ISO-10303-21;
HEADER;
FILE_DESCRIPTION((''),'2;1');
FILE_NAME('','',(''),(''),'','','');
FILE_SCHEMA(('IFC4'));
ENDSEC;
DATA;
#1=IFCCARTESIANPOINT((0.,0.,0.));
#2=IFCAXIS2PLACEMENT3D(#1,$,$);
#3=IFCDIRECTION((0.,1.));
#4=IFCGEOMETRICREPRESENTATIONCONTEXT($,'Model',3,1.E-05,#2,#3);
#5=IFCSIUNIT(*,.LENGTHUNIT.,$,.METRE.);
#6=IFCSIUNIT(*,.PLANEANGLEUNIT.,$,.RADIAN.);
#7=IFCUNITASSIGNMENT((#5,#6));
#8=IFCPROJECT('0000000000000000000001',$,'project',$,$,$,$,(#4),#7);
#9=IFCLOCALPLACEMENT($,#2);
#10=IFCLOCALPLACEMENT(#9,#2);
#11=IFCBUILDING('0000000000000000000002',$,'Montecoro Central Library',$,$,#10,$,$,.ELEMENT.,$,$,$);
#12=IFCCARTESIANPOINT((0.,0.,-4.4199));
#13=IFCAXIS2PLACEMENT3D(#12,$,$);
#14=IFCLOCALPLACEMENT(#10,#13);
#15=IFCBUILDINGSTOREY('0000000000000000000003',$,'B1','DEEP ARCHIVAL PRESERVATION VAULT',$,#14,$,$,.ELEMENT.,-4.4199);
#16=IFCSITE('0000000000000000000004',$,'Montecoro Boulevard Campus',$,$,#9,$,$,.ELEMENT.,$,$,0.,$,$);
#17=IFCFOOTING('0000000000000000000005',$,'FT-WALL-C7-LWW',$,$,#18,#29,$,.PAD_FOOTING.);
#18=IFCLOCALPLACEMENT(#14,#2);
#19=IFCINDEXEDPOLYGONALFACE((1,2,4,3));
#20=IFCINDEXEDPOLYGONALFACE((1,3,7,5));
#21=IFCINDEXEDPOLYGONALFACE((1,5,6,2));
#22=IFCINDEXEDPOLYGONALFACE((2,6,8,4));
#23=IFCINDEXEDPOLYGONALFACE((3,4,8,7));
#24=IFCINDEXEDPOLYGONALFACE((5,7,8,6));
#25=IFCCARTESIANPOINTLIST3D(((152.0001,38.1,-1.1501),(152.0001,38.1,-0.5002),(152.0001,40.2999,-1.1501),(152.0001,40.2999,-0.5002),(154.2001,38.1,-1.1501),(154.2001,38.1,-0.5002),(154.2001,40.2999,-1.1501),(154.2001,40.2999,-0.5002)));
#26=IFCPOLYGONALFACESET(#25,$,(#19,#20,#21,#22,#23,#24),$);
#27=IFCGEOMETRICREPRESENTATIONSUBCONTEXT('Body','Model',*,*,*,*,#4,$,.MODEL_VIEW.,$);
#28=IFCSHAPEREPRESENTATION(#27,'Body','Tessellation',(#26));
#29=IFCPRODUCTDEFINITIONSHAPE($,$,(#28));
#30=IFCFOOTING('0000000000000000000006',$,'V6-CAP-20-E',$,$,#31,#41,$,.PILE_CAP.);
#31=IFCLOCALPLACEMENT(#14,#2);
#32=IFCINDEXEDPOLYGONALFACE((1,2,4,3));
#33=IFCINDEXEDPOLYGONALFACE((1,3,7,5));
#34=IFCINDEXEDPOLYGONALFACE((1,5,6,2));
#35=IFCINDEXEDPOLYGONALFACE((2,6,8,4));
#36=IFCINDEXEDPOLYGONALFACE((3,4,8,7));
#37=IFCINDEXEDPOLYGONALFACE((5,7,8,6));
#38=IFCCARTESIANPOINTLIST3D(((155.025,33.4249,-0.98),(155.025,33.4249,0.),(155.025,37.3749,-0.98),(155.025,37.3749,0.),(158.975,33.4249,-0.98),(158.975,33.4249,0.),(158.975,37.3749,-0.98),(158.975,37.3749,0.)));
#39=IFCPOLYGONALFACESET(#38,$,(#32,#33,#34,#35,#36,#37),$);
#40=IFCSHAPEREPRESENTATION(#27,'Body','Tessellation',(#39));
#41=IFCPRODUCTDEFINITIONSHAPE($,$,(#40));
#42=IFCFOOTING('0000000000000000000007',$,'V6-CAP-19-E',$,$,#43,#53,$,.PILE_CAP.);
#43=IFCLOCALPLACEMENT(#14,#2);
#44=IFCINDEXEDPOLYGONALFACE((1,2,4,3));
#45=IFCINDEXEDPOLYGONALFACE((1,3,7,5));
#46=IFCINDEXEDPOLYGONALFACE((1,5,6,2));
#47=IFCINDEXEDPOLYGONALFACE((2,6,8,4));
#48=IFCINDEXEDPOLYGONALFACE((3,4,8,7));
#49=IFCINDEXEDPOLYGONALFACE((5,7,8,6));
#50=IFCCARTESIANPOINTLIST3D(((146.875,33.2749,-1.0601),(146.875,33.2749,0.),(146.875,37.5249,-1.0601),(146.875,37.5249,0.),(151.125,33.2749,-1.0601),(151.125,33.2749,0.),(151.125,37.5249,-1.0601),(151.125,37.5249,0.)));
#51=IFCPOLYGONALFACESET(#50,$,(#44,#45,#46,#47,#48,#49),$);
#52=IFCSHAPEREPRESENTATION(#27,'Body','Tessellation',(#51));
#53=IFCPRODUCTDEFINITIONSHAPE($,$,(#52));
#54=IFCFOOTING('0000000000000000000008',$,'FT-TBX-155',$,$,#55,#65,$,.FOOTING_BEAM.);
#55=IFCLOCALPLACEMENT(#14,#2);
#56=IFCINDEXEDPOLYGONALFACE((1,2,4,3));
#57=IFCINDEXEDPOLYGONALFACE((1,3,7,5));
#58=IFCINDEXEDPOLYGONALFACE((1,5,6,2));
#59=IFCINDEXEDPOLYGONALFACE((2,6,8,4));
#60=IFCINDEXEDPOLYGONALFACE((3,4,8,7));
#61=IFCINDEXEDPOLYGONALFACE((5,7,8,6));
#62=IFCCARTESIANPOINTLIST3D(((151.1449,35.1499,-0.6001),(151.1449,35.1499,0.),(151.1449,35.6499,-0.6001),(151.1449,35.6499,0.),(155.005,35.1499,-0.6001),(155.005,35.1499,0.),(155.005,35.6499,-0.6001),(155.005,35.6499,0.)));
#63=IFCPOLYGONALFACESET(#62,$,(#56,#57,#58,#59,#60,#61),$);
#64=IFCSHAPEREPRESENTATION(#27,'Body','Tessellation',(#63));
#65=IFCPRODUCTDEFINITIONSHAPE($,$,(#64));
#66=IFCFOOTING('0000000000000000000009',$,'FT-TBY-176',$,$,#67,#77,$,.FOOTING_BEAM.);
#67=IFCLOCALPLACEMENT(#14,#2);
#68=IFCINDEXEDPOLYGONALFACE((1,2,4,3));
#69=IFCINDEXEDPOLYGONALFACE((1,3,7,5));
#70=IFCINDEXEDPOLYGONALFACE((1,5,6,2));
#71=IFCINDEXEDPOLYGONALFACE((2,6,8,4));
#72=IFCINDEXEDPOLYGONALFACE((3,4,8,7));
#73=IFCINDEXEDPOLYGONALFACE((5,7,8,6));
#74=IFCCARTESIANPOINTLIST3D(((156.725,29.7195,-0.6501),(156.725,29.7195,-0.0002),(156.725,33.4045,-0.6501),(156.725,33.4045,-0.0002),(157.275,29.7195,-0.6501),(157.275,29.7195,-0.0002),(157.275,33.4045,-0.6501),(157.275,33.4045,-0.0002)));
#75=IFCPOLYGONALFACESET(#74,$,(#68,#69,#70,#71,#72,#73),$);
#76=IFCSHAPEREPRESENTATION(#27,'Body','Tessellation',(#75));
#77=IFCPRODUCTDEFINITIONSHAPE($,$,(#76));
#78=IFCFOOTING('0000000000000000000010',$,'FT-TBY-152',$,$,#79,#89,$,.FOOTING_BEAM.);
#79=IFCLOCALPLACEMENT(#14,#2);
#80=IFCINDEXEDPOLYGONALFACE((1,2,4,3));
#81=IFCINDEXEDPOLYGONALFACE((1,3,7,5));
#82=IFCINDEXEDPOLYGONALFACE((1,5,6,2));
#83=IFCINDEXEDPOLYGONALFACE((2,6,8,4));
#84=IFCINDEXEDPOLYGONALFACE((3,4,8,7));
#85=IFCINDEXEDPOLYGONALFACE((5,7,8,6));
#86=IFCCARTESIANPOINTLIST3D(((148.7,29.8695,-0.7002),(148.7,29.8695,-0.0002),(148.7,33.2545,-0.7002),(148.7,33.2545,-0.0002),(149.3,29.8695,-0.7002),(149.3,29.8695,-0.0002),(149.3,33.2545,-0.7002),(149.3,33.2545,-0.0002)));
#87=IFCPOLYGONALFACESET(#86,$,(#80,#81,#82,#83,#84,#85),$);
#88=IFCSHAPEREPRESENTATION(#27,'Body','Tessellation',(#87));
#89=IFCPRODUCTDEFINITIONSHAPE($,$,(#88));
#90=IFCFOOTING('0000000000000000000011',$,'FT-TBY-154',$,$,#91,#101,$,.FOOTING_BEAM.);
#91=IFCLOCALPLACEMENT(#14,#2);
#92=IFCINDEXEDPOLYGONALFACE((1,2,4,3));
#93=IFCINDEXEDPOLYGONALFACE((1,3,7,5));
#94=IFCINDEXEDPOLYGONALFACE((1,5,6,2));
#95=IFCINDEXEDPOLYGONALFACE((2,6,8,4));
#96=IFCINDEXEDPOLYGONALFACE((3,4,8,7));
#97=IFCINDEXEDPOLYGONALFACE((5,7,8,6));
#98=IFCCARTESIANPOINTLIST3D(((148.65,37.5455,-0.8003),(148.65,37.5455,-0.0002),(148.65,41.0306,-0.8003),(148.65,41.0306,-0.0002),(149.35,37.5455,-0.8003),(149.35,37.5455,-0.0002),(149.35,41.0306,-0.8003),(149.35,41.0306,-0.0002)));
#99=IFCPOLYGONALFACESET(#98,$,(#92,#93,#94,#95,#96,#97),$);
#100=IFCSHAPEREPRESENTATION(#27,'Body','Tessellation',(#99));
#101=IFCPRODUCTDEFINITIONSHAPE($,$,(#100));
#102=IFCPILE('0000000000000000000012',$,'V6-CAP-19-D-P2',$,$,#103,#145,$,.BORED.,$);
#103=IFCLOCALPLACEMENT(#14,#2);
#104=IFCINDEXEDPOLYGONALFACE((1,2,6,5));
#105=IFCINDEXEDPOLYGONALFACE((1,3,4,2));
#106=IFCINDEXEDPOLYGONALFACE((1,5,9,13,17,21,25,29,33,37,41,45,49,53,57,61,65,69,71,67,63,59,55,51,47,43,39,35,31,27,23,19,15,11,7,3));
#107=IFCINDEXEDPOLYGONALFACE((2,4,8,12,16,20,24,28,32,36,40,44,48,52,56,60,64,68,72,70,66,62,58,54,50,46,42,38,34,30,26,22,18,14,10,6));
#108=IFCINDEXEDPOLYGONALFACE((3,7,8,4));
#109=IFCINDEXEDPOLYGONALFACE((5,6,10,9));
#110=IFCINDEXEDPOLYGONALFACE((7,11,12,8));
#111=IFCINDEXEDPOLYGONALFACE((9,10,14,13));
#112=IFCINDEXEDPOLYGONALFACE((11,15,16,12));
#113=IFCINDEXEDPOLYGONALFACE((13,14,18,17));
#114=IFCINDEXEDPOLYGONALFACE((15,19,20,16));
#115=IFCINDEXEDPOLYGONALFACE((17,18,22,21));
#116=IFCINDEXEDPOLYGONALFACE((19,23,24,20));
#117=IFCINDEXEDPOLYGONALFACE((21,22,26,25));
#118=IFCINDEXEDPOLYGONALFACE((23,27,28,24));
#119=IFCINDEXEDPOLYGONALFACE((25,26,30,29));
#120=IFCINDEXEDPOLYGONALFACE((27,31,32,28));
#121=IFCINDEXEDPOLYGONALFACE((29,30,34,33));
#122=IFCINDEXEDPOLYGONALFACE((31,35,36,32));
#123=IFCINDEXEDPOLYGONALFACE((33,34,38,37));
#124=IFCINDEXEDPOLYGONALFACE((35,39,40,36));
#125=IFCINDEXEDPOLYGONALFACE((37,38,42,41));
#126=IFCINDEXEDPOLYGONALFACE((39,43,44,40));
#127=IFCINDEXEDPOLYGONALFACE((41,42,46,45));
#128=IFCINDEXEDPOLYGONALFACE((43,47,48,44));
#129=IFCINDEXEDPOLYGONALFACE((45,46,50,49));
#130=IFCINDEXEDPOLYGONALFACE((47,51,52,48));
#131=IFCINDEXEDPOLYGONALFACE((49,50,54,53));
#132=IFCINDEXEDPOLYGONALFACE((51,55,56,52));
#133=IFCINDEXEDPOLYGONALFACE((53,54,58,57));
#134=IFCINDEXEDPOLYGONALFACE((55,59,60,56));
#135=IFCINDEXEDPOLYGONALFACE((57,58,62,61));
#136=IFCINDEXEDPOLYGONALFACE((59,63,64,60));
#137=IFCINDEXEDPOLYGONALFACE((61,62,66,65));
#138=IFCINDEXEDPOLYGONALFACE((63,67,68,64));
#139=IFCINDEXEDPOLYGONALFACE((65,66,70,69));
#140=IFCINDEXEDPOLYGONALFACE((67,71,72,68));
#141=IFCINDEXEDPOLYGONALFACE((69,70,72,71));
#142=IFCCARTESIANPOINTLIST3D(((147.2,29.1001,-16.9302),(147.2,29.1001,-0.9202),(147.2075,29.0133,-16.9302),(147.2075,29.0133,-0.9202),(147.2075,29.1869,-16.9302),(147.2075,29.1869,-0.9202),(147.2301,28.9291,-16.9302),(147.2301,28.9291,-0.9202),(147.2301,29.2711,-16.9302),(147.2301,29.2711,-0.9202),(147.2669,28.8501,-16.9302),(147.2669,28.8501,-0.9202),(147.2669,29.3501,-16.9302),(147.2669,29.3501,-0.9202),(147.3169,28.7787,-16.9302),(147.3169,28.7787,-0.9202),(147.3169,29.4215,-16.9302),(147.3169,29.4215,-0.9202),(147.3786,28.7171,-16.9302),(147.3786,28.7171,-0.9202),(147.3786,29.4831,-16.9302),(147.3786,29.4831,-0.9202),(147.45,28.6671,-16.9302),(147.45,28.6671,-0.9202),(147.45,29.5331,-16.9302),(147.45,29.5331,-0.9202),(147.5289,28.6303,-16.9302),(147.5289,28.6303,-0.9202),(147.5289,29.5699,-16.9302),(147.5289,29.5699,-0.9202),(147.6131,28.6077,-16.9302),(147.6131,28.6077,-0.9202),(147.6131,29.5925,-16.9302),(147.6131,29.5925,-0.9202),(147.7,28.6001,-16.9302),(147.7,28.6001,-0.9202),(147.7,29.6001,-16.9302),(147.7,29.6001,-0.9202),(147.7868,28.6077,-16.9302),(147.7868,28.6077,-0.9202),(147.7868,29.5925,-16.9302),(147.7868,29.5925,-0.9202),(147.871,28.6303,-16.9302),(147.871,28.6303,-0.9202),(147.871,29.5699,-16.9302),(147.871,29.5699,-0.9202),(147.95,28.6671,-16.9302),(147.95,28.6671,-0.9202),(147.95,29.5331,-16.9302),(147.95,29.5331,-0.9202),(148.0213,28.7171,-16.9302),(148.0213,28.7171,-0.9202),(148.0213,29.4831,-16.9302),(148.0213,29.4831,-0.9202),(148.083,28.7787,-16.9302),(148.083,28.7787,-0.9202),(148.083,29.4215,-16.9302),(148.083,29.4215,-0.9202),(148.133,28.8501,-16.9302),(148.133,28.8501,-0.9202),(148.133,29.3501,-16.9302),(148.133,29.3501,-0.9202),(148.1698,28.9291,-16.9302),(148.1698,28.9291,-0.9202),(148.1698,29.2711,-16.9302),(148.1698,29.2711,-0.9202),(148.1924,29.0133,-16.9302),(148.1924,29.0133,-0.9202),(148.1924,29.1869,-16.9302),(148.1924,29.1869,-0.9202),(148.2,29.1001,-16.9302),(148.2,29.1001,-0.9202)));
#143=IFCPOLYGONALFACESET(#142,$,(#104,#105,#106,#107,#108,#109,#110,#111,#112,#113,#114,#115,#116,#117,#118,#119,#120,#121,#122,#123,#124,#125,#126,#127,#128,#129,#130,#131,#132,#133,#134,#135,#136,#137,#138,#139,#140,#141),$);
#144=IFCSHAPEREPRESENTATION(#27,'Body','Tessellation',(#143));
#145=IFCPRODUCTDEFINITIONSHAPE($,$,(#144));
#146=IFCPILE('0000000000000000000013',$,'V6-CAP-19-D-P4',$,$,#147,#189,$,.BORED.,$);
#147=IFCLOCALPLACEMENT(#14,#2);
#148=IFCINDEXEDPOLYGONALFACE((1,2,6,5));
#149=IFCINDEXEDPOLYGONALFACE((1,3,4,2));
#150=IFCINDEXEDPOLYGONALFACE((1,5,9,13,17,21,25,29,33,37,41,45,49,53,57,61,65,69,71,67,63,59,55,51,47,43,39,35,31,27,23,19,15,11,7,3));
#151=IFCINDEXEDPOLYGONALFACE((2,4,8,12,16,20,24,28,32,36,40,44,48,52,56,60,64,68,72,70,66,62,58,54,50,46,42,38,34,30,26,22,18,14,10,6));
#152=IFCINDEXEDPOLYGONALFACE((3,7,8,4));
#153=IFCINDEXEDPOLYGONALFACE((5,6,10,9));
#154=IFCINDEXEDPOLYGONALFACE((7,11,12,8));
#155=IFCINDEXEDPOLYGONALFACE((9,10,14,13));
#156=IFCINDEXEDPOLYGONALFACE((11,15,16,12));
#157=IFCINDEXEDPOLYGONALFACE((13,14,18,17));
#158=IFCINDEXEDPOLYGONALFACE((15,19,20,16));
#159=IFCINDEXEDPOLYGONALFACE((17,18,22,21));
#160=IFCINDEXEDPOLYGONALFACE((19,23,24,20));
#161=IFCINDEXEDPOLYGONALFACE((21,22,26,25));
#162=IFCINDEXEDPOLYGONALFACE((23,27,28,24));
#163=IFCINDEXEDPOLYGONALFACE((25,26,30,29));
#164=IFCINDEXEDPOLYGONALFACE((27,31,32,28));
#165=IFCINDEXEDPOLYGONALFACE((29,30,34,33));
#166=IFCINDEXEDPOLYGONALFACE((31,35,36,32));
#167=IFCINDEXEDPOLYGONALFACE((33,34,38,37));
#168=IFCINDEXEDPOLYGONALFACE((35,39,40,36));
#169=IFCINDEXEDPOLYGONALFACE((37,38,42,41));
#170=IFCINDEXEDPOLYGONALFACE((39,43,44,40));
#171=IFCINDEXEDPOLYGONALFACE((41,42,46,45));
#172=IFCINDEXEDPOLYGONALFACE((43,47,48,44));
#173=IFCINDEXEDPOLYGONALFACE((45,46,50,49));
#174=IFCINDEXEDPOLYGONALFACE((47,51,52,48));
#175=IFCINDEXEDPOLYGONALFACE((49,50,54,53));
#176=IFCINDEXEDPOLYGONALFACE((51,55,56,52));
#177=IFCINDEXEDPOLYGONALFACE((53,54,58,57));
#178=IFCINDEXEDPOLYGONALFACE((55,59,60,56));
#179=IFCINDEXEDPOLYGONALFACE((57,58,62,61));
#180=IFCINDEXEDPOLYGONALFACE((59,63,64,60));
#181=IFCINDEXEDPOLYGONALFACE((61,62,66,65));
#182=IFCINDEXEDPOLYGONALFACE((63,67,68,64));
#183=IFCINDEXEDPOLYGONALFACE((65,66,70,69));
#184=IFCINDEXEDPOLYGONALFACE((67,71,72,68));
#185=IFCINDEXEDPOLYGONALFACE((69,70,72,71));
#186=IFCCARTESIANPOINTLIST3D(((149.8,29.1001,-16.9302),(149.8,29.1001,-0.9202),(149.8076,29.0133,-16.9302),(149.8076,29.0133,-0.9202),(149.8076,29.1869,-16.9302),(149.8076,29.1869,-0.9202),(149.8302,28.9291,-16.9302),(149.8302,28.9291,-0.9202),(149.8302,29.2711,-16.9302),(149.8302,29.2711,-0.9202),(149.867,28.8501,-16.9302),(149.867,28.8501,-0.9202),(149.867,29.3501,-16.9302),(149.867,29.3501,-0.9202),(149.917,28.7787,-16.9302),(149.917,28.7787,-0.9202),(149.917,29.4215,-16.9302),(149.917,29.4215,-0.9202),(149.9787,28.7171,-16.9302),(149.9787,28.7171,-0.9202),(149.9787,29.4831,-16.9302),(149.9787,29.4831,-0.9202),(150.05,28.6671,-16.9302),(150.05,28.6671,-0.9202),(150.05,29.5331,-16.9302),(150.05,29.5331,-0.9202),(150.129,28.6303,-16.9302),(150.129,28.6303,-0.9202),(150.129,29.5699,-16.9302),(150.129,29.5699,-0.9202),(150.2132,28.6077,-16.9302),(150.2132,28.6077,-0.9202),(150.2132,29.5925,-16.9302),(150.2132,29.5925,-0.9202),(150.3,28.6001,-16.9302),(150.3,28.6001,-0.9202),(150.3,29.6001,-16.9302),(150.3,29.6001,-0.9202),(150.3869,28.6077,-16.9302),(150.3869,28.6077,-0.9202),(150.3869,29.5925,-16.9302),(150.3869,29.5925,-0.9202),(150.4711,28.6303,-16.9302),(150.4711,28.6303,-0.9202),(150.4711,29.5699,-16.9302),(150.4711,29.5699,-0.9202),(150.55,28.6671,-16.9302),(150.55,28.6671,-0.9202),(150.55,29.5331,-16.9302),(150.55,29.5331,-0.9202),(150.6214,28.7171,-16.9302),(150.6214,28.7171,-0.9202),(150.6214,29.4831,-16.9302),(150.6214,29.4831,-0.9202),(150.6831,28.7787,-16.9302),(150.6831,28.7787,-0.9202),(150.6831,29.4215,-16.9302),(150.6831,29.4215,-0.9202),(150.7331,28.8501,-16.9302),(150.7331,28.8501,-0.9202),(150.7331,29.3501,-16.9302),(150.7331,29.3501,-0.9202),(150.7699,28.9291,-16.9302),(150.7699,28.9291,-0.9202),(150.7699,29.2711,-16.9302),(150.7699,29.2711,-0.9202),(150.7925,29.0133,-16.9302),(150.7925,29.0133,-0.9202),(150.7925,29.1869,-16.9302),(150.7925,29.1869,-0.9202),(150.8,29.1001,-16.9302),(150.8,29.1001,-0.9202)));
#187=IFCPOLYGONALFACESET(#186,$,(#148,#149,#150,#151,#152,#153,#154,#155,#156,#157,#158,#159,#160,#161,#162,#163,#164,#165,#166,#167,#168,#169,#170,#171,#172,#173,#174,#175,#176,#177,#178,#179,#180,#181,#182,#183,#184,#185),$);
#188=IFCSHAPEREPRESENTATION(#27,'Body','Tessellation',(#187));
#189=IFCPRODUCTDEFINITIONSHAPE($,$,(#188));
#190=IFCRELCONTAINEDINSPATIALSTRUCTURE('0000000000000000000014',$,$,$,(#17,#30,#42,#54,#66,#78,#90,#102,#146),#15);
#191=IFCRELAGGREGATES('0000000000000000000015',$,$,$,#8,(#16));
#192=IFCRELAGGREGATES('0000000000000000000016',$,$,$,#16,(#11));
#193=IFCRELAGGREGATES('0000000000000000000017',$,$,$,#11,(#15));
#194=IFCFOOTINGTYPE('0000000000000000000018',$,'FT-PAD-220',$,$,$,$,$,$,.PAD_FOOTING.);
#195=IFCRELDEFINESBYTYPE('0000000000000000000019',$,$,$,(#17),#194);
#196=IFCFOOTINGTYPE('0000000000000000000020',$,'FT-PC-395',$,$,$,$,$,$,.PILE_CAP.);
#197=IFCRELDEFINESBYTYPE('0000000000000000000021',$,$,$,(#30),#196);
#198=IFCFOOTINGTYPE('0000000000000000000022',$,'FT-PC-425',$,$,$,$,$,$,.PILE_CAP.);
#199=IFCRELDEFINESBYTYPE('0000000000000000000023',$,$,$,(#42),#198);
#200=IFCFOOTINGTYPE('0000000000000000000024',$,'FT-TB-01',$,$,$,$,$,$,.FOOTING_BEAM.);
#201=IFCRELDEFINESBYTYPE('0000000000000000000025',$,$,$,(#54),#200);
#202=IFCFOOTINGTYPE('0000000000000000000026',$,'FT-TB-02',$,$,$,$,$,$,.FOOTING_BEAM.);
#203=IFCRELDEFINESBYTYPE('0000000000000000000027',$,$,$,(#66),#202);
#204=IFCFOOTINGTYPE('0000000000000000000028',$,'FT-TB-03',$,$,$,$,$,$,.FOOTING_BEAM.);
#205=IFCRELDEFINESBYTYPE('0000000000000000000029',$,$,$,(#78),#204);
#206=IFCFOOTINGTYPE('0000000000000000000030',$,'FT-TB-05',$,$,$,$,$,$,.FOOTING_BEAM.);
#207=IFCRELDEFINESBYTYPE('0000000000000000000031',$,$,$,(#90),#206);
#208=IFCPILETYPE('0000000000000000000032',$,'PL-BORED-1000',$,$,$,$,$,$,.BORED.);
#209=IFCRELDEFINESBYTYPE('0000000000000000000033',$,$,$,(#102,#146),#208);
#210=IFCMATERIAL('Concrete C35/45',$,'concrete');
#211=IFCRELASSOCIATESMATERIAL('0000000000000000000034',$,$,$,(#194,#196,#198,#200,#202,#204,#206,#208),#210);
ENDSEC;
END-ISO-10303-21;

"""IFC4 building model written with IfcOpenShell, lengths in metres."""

from ifc_helpers import new_model, si_unit, direction, frame, origin, origin_2d, place, context, subcontext, project, spatial, rectangle, circle, extrude, material, material_profile, profile_set, type_object, element, save


model = new_model("IFC4")

# Units and contexts
model_context = context("Model", 3, precision=1e-05, world=origin(), true_north=direction((0.0, 1.0)))
body_context = subcontext(model_context, "Body", "Model", "MODEL_VIEW")
ifc_project = project(units=[si_unit("LENGTHUNIT", "METRE"), si_unit("PLANEANGLEUNIT", "RADIAN")], contexts=[model_context])

# Site, building, storey
site_placement = place(None, origin())
site = spatial("IfcSite", under=ifc_project, at=site_placement, Name="Montecoro Boulevard Campus", CompositionType="ELEMENT", RefElevation=0.0)
building_placement = place(site_placement, origin())
building = spatial("IfcBuilding", under=site, at=building_placement, Name="Montecoro Central Library", CompositionType="ELEMENT")
storey_placement = place(building_placement, frame((0.0, 0.0, -4.4199)))
storey = spatial("IfcBuildingStorey", under=building, at=storey_placement, Name="B1", Description="DEEP ARCHIVAL PRESERVATION VAULT", CompositionType="ELEMENT", Elevation=-4.4199)

# Footings
ifc_material_1 = material(Name="Concrete C35/45", Category="concrete")
footing_type_1 = type_object("IfcFootingType", Name="FT-PAD-220", PredefinedType="PAD_FOOTING", material=ifc_material_1)
footing_1_placement = place(storey_placement, frame((153.1001, 39.2, -1.1501), z_axis=(0.0, 0.0, 1.0), x_axis=(1.0, 0.0, 0.0)))
element("IfcFooting", 1, at=footing_1_placement, inside=storey, type_object=footing_type_1, Name="FT-WALL-C7-LWW", PredefinedType="PAD_FOOTING", context=body_context, shape_type="SweptSolid", body=[
    extrude(rectangle(XDim=2.2, YDim=2.2, at=origin_2d()), origin(), (0.0, 0.0, 1.0), 0.6499),
])
footing_type_2 = type_object("IfcFootingType", Name="FT-PC-395", PredefinedType="PILE_CAP", material=ifc_material_1)
footing_2_placement = place(storey_placement, frame((157.0, 35.3999, -0.98), z_axis=(0.0, 0.0, 1.0), x_axis=(1.0, 0.0, 0.0)))
element("IfcFooting", 2, at=footing_2_placement, inside=storey, type_object=footing_type_2, Name="V6-CAP-20-E", PredefinedType="PILE_CAP", context=body_context, shape_type="SweptSolid", body=[
    extrude(rectangle(XDim=3.95, YDim=3.95, at=origin_2d()), origin(), (0.0, 0.0, 1.0), 0.98),
])
footing_type_3 = type_object("IfcFootingType", Name="FT-PC-425", PredefinedType="PILE_CAP", material=ifc_material_1)
footing_3_placement = place(storey_placement, frame((149.0, 35.3999, -1.0601), z_axis=(0.0, 0.0, 1.0), x_axis=(1.0, 0.0, 0.0)))
element("IfcFooting", 3, at=footing_3_placement, inside=storey, type_object=footing_type_3, Name="V6-CAP-19-E", PredefinedType="PILE_CAP", context=body_context, shape_type="SweptSolid", body=[
    extrude(rectangle(XDim=4.25, YDim=4.25, at=origin_2d()), origin(), (0.0, 0.0, 1.0), 1.0601),
])
footing_type_4 = type_object("IfcFootingType", Name="FT-TB-01", PredefinedType="FOOTING_BEAM", material=ifc_material_1)
footing_4_placement = place(storey_placement, frame((153.075, 35.3999, -0.6001), z_axis=(0.0, 0.0, 1.0), x_axis=(1.0, 0.0, 0.0)))
element("IfcFooting", 4, at=footing_4_placement, inside=storey, type_object=footing_type_4, Name="FT-TBX-155", PredefinedType="FOOTING_BEAM", context=body_context, shape_type="SweptSolid", body=[
    extrude(rectangle(XDim=3.8601, YDim=0.5, at=origin_2d()), origin(), (0.0, 0.0, 1.0), 0.6001),
])
footing_type_5 = type_object("IfcFootingType", Name="FT-TB-02", PredefinedType="FOOTING_BEAM", material=ifc_material_1)
footing_5_placement = place(storey_placement, frame((157.0, 31.562, -0.6501), z_axis=(0.0, 0.0, 1.0), x_axis=(1.0, 0.0, 0.0)))
element("IfcFooting", 5, at=footing_5_placement, inside=storey, type_object=footing_type_5, Name="FT-TBY-176", PredefinedType="FOOTING_BEAM", context=body_context, shape_type="SweptSolid", body=[
    extrude(rectangle(XDim=0.55, YDim=3.6851, at=origin_2d()), origin(), (0.0, 0.0, 1.0), 0.6499),
])
footing_type_6 = type_object("IfcFootingType", Name="FT-TB-03", PredefinedType="FOOTING_BEAM", material=ifc_material_1)
footing_6_placement = place(storey_placement, frame((149.0, 31.562, -0.7002), z_axis=(0.0, 0.0, 1.0), x_axis=(1.0, 0.0, 0.0)))
element("IfcFooting", 6, at=footing_6_placement, inside=storey, type_object=footing_type_6, Name="FT-TBY-152", PredefinedType="FOOTING_BEAM", context=body_context, shape_type="SweptSolid", body=[
    extrude(rectangle(XDim=0.6001, YDim=3.385, at=origin_2d()), origin(), (0.0, 0.0, 1.0), 0.7),
])
footing_type_7 = type_object("IfcFootingType", Name="FT-TB-05", PredefinedType="FOOTING_BEAM", material=ifc_material_1)
footing_7_placement = place(storey_placement, frame((149.0, 39.2881, -0.8003), z_axis=(0.0, 0.0, 1.0), x_axis=(1.0, 0.0, 0.0)))
element("IfcFooting", 7, at=footing_7_placement, inside=storey, type_object=footing_type_7, Name="FT-TBY-154", PredefinedType="FOOTING_BEAM", context=body_context, shape_type="SweptSolid", body=[
    extrude(rectangle(XDim=0.7, YDim=3.4851, at=origin_2d()), origin(), (0.0, 0.0, 1.0), 0.8),
])

# Piles
ifc_material_profile_1 = material_profile(ifc_material_1, circle(Radius=0.5, at=origin_2d()), Name="PILE D1000")
ifc_profile_set_1 = profile_set([ifc_material_profile_1], Name="Concrete C35/45")
pile_type_1 = type_object("IfcPileType", Name="PL-BORED-1000", PredefinedType="BORED", material=ifc_profile_set_1)
for number, where, z_axis, x_axis, name in (
    (8, (147.7, 29.1001, -0.9202), (0.0, 0.0, -1.0), (1.0, 0.0, 0.0), "V6-CAP-19-D-P2"),
    (9, (150.3, 29.1001, -0.9202), (0.0, 0.0, -1.0), (1.0, 0.0, 0.0), "V6-CAP-19-D-P4"),
):
    element("IfcPile", number, at=place(storey_placement, frame(where, z_axis=z_axis, x_axis=x_axis)), inside=storey, type_object=pile_type_1, Name=name, PredefinedType="BORED", context=body_context, shape_type="SweptSolid", body=[
        extrude(circle(Radius=0.5, at=origin_2d()), origin(), (0.0, 0.0, 1.0), 16.01),
    ])

save(model, "model.ifc")
